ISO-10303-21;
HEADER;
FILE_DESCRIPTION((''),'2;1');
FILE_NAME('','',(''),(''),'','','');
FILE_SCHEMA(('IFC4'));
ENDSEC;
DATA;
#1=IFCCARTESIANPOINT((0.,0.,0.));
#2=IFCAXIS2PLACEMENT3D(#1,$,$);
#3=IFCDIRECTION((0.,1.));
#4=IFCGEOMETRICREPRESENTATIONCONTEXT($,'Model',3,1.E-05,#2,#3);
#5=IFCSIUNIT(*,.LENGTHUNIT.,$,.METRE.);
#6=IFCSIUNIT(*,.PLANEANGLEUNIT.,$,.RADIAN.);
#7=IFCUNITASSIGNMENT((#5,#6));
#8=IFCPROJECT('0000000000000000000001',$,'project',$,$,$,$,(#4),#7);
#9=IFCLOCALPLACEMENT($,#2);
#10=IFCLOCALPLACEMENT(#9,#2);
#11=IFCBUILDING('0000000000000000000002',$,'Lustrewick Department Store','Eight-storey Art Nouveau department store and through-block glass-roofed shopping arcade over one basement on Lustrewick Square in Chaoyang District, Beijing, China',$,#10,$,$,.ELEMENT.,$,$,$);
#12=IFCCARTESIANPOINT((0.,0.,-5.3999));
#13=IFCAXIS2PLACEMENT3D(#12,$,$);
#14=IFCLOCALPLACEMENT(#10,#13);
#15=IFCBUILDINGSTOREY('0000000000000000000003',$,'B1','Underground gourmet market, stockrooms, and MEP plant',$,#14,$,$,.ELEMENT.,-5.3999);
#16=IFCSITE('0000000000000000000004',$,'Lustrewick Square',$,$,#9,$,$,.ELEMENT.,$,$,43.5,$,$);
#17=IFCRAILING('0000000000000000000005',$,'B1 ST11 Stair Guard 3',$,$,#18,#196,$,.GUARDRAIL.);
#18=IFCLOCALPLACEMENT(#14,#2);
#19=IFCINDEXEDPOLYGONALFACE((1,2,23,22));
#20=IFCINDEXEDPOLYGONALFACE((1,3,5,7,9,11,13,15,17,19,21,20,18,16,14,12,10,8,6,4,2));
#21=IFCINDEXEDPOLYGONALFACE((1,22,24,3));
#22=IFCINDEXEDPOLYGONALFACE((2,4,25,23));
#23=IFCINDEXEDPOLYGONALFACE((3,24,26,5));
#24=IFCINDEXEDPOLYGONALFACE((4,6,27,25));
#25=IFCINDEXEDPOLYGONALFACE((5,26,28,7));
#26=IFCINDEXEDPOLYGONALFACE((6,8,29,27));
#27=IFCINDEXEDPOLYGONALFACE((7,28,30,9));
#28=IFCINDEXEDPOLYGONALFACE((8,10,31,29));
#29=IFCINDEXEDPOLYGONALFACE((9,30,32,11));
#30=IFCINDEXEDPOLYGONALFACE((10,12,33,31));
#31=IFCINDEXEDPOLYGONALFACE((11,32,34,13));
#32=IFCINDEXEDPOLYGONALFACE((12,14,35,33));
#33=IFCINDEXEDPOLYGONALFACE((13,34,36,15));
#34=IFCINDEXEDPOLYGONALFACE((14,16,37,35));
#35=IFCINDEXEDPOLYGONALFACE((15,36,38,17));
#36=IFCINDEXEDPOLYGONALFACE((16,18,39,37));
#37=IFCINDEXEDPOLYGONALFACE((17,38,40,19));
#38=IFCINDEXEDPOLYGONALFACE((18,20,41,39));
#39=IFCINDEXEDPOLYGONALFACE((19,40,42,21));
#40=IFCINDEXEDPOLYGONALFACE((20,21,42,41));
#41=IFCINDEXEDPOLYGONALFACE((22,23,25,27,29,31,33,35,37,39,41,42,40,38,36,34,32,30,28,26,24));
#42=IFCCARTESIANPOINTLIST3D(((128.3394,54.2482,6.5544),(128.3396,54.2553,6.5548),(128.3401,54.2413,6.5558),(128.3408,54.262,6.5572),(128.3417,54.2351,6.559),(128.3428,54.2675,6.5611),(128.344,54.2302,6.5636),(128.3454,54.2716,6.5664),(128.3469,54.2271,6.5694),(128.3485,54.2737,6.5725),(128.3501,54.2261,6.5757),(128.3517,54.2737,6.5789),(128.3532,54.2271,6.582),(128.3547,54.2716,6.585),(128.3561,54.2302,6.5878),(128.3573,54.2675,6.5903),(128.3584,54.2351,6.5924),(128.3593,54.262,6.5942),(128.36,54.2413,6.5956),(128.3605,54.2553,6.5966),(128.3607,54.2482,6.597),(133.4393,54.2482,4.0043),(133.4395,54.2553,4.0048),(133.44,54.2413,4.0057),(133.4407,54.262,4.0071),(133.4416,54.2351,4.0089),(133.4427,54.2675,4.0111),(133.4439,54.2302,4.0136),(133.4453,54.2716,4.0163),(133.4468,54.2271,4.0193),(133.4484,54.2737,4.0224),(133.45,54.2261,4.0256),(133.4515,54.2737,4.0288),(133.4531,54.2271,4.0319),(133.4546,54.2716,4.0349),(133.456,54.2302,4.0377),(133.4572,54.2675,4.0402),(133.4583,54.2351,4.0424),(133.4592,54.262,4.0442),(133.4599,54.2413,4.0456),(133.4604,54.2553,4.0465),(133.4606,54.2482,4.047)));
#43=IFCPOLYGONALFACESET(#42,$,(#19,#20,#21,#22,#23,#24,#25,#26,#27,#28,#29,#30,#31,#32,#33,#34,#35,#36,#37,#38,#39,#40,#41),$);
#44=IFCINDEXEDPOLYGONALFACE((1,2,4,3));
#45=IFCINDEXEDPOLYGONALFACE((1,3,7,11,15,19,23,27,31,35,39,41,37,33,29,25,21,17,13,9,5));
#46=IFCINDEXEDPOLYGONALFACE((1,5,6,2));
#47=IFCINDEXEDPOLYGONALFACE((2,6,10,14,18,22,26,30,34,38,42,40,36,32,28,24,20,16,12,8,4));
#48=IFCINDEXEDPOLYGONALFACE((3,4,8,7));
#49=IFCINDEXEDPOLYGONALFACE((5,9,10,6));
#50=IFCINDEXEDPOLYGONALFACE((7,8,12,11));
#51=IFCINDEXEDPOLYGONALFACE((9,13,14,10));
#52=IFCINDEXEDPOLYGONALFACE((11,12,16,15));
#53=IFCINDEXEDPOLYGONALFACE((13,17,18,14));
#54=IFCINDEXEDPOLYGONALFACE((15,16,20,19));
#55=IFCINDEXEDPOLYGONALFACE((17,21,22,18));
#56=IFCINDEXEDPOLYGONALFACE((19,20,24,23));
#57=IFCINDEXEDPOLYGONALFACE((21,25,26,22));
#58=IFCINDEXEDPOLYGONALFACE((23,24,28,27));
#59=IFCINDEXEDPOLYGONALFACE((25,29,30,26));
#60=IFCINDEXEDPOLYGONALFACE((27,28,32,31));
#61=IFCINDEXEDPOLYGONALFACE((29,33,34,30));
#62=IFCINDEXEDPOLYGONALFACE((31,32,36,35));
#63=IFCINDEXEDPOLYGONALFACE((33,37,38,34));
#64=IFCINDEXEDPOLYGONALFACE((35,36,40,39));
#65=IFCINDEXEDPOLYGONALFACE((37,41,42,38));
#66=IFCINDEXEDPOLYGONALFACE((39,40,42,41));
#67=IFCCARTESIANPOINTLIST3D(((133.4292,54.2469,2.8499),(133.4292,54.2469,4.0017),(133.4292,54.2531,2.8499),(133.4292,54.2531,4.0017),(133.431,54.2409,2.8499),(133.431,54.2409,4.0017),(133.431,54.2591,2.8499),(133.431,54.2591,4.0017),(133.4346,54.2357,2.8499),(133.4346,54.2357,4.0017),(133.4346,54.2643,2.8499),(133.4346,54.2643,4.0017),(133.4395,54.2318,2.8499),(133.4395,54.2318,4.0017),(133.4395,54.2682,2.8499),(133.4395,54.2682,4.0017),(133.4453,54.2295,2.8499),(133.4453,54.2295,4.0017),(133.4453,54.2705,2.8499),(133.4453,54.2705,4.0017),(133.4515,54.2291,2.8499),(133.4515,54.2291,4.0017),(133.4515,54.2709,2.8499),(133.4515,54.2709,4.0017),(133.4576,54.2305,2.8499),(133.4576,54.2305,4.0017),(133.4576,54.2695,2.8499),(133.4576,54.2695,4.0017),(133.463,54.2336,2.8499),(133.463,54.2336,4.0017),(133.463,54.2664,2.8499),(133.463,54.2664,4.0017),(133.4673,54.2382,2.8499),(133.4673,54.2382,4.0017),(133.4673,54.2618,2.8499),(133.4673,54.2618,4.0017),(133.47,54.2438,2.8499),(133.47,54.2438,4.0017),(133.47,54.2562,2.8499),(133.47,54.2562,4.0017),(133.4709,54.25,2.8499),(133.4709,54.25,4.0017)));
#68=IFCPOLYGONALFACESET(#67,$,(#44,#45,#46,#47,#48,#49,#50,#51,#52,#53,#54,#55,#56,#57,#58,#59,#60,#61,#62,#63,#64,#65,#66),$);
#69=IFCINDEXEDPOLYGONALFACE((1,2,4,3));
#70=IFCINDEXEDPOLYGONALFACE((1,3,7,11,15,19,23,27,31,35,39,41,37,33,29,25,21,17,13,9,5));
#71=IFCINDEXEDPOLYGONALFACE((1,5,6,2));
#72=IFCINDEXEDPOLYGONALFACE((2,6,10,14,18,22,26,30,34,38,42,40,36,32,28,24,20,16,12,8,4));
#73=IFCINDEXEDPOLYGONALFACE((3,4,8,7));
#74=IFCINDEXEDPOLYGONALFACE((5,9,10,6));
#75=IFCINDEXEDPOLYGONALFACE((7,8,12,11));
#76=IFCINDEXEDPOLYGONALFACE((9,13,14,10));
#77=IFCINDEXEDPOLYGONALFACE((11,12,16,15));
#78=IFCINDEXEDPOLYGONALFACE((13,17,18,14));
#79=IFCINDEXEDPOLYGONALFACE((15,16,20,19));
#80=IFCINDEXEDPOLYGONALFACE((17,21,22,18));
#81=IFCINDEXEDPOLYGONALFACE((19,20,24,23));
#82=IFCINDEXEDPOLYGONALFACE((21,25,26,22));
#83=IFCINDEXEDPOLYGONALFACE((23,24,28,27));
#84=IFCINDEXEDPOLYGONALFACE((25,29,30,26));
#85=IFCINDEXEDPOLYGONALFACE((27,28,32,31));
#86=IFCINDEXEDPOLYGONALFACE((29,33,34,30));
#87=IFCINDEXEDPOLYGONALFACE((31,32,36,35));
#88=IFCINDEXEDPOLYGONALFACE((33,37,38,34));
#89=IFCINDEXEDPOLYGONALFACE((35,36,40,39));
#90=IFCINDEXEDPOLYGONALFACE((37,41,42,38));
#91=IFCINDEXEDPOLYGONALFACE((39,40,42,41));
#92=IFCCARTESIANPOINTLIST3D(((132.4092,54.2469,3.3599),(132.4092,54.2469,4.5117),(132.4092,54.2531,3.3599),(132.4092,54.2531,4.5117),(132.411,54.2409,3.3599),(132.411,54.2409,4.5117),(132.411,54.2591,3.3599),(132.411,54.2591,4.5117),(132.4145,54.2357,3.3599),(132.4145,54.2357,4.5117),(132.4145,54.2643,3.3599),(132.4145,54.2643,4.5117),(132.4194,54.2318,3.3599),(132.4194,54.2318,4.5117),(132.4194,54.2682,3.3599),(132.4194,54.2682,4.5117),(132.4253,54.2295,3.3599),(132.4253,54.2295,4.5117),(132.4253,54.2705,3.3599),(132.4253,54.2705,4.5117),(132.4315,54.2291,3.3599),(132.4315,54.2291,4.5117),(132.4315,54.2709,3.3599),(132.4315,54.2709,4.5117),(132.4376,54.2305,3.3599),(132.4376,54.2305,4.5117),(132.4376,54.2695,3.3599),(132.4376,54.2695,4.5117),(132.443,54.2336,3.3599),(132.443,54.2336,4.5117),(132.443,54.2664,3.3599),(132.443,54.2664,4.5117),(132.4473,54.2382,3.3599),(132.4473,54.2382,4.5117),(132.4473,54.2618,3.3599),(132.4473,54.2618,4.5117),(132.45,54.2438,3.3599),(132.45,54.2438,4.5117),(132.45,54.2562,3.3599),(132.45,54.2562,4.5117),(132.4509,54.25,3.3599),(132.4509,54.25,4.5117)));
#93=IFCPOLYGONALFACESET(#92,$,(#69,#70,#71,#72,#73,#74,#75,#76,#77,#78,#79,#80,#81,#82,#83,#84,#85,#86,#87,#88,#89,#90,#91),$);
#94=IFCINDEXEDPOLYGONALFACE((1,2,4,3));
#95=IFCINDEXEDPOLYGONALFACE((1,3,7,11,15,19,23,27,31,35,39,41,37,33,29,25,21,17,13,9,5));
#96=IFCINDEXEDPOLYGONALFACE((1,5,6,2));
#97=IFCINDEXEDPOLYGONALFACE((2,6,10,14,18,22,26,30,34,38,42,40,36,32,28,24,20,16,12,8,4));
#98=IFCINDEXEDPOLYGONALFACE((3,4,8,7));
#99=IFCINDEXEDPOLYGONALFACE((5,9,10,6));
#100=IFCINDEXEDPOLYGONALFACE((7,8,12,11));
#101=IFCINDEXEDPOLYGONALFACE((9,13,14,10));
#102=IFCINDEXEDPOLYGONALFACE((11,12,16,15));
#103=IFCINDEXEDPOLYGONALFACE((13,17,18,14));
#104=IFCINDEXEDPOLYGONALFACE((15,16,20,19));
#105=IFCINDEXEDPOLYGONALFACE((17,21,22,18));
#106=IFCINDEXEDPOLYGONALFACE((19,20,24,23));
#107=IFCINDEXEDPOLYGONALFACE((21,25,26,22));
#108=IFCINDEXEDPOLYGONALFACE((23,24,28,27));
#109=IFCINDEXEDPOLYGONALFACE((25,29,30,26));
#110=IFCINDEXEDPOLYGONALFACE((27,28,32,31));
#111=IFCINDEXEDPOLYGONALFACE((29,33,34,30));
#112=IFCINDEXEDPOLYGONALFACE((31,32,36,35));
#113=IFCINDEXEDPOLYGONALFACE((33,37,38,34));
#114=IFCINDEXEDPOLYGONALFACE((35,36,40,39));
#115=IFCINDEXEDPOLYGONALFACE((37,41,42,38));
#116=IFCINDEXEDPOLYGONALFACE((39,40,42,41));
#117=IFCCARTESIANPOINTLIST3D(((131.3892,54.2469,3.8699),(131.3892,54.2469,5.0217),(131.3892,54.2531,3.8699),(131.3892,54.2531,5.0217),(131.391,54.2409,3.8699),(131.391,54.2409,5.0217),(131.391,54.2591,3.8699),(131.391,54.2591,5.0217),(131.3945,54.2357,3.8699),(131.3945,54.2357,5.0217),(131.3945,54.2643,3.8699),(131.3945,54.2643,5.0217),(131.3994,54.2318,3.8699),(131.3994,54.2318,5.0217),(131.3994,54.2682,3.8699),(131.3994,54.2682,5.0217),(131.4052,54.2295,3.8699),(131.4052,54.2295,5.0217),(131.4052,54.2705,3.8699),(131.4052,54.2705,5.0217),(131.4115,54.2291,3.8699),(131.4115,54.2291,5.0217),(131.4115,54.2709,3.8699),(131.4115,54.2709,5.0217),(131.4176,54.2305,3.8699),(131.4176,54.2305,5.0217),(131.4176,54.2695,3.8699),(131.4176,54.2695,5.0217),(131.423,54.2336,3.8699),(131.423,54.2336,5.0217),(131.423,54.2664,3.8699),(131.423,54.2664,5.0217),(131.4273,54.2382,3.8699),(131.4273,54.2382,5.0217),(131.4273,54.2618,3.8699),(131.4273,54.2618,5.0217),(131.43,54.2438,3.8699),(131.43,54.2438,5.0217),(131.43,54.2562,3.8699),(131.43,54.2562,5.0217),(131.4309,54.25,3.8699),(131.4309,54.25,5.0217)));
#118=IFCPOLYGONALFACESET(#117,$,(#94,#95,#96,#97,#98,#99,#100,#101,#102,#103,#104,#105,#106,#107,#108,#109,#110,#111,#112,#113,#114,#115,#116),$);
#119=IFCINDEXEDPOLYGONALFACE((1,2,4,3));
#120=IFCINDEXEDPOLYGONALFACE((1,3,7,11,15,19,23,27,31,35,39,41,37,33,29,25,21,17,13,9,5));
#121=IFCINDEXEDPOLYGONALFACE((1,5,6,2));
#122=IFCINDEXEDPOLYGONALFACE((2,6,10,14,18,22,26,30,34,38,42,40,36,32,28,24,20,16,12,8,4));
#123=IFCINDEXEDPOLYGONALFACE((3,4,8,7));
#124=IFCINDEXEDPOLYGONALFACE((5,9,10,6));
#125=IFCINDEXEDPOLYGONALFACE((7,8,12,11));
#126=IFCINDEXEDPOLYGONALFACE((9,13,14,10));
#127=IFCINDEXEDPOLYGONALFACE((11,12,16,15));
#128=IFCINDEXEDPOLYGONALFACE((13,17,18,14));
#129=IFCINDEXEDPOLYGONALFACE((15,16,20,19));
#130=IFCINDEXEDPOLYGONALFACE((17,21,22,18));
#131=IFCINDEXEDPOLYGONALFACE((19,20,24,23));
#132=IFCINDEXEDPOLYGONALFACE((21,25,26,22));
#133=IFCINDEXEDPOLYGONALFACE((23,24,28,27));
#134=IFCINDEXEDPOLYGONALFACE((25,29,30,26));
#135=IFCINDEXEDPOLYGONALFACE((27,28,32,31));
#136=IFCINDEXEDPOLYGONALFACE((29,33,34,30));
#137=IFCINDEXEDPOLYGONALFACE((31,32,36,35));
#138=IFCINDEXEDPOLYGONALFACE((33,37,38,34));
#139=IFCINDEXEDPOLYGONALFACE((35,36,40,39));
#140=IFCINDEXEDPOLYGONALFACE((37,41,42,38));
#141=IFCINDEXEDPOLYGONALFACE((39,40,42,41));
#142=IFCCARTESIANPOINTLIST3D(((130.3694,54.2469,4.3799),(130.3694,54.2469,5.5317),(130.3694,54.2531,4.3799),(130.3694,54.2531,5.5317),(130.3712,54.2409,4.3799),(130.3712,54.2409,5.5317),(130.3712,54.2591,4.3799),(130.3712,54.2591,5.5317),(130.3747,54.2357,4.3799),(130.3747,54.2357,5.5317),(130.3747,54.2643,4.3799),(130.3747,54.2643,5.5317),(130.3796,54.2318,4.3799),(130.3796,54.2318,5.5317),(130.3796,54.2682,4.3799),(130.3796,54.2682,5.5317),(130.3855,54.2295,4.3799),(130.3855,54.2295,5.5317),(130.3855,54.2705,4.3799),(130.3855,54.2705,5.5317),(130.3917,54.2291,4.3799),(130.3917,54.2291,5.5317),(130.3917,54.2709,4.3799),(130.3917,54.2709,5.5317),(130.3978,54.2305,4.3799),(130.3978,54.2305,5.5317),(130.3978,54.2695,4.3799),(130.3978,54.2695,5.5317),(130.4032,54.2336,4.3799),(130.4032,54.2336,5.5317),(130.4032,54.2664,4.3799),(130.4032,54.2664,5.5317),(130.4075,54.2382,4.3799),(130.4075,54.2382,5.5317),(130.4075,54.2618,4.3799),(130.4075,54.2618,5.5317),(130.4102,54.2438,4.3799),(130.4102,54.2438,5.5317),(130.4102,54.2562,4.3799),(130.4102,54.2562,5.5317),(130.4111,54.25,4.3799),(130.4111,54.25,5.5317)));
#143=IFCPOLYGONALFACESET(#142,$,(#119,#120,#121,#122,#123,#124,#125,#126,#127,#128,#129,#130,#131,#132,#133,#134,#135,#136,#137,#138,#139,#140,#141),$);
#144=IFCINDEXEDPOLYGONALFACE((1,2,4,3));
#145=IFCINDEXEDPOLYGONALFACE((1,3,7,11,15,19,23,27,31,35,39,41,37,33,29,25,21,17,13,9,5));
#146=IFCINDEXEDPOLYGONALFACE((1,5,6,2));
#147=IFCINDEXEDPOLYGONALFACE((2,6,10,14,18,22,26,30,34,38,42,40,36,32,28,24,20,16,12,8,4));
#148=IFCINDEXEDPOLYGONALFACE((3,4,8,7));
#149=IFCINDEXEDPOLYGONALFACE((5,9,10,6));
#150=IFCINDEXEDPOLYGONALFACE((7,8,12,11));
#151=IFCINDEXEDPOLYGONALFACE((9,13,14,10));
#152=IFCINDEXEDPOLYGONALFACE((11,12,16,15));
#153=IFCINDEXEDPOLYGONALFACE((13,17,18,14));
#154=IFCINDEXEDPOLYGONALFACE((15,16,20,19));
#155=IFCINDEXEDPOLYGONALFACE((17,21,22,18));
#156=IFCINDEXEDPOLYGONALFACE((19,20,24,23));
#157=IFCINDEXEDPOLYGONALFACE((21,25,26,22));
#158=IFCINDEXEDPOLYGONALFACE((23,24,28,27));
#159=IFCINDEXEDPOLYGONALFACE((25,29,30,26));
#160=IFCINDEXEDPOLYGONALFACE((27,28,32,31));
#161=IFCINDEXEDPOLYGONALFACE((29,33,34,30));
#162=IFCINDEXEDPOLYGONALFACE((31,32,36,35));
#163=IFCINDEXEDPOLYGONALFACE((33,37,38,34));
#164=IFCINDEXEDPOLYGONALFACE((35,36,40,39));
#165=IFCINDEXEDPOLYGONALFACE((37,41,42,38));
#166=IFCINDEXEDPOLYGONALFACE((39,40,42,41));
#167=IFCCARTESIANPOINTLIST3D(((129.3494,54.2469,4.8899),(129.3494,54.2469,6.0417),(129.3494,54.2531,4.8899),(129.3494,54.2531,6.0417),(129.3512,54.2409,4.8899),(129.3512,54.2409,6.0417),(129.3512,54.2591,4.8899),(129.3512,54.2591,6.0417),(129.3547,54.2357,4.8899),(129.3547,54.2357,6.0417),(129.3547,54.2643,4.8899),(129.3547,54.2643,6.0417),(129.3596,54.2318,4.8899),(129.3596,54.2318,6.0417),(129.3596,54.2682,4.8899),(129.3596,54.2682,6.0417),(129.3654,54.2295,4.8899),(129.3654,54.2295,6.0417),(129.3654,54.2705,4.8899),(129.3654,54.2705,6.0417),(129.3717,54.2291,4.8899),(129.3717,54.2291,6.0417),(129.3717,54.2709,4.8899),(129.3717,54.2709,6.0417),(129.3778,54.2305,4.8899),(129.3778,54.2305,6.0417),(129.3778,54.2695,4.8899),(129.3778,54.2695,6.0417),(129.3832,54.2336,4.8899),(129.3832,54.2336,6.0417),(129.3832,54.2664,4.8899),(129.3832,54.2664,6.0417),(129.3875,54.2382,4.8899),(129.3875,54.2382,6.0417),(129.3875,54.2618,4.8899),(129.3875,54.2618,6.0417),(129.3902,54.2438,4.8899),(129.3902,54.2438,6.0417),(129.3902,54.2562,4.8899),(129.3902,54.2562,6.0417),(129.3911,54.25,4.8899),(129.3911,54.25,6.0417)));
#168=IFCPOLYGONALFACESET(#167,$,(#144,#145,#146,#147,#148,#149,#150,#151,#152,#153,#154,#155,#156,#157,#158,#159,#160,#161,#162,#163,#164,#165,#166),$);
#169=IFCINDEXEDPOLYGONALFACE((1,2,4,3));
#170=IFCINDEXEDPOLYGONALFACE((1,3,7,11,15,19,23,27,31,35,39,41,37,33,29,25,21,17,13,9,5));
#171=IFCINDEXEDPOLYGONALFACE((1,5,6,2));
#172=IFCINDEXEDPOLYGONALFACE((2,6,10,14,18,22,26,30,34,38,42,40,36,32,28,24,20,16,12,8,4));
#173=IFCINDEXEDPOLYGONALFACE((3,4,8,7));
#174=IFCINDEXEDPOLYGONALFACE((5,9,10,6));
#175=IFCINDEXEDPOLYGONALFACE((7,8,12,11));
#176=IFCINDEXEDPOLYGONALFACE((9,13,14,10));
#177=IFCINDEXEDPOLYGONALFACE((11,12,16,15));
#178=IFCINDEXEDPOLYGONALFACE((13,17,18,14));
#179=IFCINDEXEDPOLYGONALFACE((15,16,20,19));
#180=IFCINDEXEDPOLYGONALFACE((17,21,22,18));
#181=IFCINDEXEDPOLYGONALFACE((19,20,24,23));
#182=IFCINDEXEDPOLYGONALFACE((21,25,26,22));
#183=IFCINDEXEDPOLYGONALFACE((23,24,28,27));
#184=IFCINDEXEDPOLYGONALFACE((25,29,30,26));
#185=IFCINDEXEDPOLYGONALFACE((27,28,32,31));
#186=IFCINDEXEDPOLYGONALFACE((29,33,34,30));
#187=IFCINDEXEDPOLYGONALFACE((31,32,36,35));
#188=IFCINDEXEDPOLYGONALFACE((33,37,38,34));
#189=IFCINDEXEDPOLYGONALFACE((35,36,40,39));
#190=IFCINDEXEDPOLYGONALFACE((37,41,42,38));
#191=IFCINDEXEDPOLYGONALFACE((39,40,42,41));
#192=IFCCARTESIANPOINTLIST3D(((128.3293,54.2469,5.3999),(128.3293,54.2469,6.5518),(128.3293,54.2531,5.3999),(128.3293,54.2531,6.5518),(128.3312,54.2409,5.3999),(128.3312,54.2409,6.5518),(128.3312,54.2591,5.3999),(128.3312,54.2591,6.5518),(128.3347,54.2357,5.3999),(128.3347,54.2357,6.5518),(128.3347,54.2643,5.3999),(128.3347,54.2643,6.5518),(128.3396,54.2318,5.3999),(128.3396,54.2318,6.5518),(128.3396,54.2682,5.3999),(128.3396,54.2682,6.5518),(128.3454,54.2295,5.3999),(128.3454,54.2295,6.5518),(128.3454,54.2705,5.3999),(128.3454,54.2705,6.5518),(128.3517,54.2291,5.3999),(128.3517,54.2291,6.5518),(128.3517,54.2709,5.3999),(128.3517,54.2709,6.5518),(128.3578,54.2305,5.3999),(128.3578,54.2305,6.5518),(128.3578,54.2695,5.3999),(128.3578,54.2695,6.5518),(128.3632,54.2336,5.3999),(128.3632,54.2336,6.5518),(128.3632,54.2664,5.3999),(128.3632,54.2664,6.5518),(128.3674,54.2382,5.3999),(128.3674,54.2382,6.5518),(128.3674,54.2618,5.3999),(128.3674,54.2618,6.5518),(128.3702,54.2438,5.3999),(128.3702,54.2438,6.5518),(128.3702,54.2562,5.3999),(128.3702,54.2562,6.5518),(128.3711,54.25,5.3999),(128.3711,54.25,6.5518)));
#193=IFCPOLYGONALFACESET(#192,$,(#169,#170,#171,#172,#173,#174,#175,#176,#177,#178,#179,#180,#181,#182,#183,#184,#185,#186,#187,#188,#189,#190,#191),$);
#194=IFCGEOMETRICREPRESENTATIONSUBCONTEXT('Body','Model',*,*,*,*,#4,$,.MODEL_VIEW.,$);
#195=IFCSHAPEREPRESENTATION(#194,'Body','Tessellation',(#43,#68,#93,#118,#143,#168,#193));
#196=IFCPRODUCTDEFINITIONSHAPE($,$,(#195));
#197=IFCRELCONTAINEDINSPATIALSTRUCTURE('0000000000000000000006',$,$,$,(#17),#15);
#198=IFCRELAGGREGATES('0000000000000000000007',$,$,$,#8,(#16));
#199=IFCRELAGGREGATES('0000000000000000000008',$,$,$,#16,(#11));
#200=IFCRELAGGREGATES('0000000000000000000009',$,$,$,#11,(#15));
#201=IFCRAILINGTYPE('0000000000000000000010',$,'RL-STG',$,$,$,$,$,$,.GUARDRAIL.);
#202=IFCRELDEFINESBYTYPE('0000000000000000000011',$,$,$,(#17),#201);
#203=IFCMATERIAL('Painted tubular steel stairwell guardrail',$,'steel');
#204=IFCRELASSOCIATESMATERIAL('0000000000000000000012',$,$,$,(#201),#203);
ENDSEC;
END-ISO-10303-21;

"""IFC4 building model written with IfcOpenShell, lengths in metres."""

from ifc_helpers import new_model, si_unit, direction, frame, origin, origin_2d, place, context, subcontext, project, spatial, circle, extrude, material, type_object, element, save


model = new_model("IFC4")

# Units and contexts
model_context = context("Model", 3, precision=1e-05, world=origin(), true_north=direction((0.0, 1.0)))
body_context = subcontext(model_context, "Body", "Model", "MODEL_VIEW")
ifc_project = project(units=[si_unit("LENGTHUNIT", "METRE"), si_unit("PLANEANGLEUNIT", "RADIAN")], contexts=[model_context])

# Site, building, storey
site_placement = place(None, origin())
site = spatial("IfcSite", under=ifc_project, at=site_placement, Name="Lustrewick Square", CompositionType="ELEMENT", RefElevation=43.5)
building_placement = place(site_placement, origin())
building = spatial("IfcBuilding", under=site, at=building_placement, Name="Lustrewick Department Store", Description="Eight-storey Art Nouveau department store and through-block glass-roofed shopping arcade over one basement on Lustrewick Square in Chaoyang District, Beijing, China", CompositionType="ELEMENT")
storey_placement = place(building_placement, frame((0.0, 0.0, -5.3999)))
storey = spatial("IfcBuildingStorey", under=building, at=storey_placement, Name="B1", Description="Underground gourmet market, stockrooms, and MEP plant", CompositionType="ELEMENT", Elevation=-5.3999)

# Railing
ifc_material_1 = material(Name="Painted tubular steel stairwell guardrail", Category="steel")
railing_type_1 = type_object("IfcRailingType", Name="RL-STG", PredefinedType="GUARDRAIL", material=ifc_material_1)
railing_1_placement = place(storey_placement, frame((133.45, 54.25, 2.8499)))
element("IfcRailing", 1, at=railing_1_placement, inside=storey, type_object=railing_type_1, Name="B1 ST11 Stair Guard 3", PredefinedType="GUARDRAIL", context=body_context, shape_type="SweptSolid", body=[
    extrude(circle(Radius=0.0239, at=origin_2d()), frame((0.0, 0.0, 1.1758), z_axis=(-0.894419, 0.0, 0.447231), x_axis=(0.0, -1.0, 0.0)), (0.0, 0.0, 1.0), 5.7019),
    extrude(circle(Radius=0.021, at=origin_2d()), origin(), (0.0, 0.0, 1.0), 1.1519),
    extrude(circle(Radius=0.021, at=origin_2d()), frame((-1.02, 0.0, 0.51)), (0.0, 0.0, 1.0), 1.1519),
    extrude(circle(Radius=0.021, at=origin_2d()), frame((-2.04, 0.0, 1.02)), (0.0, 0.0, 1.0), 1.1519),
    extrude(circle(Radius=0.021, at=origin_2d()), frame((-3.0598, 0.0, 1.53)), (0.0, 0.0, 1.0), 1.1519),
    extrude(circle(Radius=0.021, at=origin_2d()), frame((-4.0798, 0.0, 2.04)), (0.0, 0.0, 1.0), 1.1519),
    extrude(circle(Radius=0.021, at=origin_2d()), frame((-5.0999, 0.0, 2.55)), (0.0, 0.0, 1.0), 1.1519),
])

save(model, "model.ifc")
